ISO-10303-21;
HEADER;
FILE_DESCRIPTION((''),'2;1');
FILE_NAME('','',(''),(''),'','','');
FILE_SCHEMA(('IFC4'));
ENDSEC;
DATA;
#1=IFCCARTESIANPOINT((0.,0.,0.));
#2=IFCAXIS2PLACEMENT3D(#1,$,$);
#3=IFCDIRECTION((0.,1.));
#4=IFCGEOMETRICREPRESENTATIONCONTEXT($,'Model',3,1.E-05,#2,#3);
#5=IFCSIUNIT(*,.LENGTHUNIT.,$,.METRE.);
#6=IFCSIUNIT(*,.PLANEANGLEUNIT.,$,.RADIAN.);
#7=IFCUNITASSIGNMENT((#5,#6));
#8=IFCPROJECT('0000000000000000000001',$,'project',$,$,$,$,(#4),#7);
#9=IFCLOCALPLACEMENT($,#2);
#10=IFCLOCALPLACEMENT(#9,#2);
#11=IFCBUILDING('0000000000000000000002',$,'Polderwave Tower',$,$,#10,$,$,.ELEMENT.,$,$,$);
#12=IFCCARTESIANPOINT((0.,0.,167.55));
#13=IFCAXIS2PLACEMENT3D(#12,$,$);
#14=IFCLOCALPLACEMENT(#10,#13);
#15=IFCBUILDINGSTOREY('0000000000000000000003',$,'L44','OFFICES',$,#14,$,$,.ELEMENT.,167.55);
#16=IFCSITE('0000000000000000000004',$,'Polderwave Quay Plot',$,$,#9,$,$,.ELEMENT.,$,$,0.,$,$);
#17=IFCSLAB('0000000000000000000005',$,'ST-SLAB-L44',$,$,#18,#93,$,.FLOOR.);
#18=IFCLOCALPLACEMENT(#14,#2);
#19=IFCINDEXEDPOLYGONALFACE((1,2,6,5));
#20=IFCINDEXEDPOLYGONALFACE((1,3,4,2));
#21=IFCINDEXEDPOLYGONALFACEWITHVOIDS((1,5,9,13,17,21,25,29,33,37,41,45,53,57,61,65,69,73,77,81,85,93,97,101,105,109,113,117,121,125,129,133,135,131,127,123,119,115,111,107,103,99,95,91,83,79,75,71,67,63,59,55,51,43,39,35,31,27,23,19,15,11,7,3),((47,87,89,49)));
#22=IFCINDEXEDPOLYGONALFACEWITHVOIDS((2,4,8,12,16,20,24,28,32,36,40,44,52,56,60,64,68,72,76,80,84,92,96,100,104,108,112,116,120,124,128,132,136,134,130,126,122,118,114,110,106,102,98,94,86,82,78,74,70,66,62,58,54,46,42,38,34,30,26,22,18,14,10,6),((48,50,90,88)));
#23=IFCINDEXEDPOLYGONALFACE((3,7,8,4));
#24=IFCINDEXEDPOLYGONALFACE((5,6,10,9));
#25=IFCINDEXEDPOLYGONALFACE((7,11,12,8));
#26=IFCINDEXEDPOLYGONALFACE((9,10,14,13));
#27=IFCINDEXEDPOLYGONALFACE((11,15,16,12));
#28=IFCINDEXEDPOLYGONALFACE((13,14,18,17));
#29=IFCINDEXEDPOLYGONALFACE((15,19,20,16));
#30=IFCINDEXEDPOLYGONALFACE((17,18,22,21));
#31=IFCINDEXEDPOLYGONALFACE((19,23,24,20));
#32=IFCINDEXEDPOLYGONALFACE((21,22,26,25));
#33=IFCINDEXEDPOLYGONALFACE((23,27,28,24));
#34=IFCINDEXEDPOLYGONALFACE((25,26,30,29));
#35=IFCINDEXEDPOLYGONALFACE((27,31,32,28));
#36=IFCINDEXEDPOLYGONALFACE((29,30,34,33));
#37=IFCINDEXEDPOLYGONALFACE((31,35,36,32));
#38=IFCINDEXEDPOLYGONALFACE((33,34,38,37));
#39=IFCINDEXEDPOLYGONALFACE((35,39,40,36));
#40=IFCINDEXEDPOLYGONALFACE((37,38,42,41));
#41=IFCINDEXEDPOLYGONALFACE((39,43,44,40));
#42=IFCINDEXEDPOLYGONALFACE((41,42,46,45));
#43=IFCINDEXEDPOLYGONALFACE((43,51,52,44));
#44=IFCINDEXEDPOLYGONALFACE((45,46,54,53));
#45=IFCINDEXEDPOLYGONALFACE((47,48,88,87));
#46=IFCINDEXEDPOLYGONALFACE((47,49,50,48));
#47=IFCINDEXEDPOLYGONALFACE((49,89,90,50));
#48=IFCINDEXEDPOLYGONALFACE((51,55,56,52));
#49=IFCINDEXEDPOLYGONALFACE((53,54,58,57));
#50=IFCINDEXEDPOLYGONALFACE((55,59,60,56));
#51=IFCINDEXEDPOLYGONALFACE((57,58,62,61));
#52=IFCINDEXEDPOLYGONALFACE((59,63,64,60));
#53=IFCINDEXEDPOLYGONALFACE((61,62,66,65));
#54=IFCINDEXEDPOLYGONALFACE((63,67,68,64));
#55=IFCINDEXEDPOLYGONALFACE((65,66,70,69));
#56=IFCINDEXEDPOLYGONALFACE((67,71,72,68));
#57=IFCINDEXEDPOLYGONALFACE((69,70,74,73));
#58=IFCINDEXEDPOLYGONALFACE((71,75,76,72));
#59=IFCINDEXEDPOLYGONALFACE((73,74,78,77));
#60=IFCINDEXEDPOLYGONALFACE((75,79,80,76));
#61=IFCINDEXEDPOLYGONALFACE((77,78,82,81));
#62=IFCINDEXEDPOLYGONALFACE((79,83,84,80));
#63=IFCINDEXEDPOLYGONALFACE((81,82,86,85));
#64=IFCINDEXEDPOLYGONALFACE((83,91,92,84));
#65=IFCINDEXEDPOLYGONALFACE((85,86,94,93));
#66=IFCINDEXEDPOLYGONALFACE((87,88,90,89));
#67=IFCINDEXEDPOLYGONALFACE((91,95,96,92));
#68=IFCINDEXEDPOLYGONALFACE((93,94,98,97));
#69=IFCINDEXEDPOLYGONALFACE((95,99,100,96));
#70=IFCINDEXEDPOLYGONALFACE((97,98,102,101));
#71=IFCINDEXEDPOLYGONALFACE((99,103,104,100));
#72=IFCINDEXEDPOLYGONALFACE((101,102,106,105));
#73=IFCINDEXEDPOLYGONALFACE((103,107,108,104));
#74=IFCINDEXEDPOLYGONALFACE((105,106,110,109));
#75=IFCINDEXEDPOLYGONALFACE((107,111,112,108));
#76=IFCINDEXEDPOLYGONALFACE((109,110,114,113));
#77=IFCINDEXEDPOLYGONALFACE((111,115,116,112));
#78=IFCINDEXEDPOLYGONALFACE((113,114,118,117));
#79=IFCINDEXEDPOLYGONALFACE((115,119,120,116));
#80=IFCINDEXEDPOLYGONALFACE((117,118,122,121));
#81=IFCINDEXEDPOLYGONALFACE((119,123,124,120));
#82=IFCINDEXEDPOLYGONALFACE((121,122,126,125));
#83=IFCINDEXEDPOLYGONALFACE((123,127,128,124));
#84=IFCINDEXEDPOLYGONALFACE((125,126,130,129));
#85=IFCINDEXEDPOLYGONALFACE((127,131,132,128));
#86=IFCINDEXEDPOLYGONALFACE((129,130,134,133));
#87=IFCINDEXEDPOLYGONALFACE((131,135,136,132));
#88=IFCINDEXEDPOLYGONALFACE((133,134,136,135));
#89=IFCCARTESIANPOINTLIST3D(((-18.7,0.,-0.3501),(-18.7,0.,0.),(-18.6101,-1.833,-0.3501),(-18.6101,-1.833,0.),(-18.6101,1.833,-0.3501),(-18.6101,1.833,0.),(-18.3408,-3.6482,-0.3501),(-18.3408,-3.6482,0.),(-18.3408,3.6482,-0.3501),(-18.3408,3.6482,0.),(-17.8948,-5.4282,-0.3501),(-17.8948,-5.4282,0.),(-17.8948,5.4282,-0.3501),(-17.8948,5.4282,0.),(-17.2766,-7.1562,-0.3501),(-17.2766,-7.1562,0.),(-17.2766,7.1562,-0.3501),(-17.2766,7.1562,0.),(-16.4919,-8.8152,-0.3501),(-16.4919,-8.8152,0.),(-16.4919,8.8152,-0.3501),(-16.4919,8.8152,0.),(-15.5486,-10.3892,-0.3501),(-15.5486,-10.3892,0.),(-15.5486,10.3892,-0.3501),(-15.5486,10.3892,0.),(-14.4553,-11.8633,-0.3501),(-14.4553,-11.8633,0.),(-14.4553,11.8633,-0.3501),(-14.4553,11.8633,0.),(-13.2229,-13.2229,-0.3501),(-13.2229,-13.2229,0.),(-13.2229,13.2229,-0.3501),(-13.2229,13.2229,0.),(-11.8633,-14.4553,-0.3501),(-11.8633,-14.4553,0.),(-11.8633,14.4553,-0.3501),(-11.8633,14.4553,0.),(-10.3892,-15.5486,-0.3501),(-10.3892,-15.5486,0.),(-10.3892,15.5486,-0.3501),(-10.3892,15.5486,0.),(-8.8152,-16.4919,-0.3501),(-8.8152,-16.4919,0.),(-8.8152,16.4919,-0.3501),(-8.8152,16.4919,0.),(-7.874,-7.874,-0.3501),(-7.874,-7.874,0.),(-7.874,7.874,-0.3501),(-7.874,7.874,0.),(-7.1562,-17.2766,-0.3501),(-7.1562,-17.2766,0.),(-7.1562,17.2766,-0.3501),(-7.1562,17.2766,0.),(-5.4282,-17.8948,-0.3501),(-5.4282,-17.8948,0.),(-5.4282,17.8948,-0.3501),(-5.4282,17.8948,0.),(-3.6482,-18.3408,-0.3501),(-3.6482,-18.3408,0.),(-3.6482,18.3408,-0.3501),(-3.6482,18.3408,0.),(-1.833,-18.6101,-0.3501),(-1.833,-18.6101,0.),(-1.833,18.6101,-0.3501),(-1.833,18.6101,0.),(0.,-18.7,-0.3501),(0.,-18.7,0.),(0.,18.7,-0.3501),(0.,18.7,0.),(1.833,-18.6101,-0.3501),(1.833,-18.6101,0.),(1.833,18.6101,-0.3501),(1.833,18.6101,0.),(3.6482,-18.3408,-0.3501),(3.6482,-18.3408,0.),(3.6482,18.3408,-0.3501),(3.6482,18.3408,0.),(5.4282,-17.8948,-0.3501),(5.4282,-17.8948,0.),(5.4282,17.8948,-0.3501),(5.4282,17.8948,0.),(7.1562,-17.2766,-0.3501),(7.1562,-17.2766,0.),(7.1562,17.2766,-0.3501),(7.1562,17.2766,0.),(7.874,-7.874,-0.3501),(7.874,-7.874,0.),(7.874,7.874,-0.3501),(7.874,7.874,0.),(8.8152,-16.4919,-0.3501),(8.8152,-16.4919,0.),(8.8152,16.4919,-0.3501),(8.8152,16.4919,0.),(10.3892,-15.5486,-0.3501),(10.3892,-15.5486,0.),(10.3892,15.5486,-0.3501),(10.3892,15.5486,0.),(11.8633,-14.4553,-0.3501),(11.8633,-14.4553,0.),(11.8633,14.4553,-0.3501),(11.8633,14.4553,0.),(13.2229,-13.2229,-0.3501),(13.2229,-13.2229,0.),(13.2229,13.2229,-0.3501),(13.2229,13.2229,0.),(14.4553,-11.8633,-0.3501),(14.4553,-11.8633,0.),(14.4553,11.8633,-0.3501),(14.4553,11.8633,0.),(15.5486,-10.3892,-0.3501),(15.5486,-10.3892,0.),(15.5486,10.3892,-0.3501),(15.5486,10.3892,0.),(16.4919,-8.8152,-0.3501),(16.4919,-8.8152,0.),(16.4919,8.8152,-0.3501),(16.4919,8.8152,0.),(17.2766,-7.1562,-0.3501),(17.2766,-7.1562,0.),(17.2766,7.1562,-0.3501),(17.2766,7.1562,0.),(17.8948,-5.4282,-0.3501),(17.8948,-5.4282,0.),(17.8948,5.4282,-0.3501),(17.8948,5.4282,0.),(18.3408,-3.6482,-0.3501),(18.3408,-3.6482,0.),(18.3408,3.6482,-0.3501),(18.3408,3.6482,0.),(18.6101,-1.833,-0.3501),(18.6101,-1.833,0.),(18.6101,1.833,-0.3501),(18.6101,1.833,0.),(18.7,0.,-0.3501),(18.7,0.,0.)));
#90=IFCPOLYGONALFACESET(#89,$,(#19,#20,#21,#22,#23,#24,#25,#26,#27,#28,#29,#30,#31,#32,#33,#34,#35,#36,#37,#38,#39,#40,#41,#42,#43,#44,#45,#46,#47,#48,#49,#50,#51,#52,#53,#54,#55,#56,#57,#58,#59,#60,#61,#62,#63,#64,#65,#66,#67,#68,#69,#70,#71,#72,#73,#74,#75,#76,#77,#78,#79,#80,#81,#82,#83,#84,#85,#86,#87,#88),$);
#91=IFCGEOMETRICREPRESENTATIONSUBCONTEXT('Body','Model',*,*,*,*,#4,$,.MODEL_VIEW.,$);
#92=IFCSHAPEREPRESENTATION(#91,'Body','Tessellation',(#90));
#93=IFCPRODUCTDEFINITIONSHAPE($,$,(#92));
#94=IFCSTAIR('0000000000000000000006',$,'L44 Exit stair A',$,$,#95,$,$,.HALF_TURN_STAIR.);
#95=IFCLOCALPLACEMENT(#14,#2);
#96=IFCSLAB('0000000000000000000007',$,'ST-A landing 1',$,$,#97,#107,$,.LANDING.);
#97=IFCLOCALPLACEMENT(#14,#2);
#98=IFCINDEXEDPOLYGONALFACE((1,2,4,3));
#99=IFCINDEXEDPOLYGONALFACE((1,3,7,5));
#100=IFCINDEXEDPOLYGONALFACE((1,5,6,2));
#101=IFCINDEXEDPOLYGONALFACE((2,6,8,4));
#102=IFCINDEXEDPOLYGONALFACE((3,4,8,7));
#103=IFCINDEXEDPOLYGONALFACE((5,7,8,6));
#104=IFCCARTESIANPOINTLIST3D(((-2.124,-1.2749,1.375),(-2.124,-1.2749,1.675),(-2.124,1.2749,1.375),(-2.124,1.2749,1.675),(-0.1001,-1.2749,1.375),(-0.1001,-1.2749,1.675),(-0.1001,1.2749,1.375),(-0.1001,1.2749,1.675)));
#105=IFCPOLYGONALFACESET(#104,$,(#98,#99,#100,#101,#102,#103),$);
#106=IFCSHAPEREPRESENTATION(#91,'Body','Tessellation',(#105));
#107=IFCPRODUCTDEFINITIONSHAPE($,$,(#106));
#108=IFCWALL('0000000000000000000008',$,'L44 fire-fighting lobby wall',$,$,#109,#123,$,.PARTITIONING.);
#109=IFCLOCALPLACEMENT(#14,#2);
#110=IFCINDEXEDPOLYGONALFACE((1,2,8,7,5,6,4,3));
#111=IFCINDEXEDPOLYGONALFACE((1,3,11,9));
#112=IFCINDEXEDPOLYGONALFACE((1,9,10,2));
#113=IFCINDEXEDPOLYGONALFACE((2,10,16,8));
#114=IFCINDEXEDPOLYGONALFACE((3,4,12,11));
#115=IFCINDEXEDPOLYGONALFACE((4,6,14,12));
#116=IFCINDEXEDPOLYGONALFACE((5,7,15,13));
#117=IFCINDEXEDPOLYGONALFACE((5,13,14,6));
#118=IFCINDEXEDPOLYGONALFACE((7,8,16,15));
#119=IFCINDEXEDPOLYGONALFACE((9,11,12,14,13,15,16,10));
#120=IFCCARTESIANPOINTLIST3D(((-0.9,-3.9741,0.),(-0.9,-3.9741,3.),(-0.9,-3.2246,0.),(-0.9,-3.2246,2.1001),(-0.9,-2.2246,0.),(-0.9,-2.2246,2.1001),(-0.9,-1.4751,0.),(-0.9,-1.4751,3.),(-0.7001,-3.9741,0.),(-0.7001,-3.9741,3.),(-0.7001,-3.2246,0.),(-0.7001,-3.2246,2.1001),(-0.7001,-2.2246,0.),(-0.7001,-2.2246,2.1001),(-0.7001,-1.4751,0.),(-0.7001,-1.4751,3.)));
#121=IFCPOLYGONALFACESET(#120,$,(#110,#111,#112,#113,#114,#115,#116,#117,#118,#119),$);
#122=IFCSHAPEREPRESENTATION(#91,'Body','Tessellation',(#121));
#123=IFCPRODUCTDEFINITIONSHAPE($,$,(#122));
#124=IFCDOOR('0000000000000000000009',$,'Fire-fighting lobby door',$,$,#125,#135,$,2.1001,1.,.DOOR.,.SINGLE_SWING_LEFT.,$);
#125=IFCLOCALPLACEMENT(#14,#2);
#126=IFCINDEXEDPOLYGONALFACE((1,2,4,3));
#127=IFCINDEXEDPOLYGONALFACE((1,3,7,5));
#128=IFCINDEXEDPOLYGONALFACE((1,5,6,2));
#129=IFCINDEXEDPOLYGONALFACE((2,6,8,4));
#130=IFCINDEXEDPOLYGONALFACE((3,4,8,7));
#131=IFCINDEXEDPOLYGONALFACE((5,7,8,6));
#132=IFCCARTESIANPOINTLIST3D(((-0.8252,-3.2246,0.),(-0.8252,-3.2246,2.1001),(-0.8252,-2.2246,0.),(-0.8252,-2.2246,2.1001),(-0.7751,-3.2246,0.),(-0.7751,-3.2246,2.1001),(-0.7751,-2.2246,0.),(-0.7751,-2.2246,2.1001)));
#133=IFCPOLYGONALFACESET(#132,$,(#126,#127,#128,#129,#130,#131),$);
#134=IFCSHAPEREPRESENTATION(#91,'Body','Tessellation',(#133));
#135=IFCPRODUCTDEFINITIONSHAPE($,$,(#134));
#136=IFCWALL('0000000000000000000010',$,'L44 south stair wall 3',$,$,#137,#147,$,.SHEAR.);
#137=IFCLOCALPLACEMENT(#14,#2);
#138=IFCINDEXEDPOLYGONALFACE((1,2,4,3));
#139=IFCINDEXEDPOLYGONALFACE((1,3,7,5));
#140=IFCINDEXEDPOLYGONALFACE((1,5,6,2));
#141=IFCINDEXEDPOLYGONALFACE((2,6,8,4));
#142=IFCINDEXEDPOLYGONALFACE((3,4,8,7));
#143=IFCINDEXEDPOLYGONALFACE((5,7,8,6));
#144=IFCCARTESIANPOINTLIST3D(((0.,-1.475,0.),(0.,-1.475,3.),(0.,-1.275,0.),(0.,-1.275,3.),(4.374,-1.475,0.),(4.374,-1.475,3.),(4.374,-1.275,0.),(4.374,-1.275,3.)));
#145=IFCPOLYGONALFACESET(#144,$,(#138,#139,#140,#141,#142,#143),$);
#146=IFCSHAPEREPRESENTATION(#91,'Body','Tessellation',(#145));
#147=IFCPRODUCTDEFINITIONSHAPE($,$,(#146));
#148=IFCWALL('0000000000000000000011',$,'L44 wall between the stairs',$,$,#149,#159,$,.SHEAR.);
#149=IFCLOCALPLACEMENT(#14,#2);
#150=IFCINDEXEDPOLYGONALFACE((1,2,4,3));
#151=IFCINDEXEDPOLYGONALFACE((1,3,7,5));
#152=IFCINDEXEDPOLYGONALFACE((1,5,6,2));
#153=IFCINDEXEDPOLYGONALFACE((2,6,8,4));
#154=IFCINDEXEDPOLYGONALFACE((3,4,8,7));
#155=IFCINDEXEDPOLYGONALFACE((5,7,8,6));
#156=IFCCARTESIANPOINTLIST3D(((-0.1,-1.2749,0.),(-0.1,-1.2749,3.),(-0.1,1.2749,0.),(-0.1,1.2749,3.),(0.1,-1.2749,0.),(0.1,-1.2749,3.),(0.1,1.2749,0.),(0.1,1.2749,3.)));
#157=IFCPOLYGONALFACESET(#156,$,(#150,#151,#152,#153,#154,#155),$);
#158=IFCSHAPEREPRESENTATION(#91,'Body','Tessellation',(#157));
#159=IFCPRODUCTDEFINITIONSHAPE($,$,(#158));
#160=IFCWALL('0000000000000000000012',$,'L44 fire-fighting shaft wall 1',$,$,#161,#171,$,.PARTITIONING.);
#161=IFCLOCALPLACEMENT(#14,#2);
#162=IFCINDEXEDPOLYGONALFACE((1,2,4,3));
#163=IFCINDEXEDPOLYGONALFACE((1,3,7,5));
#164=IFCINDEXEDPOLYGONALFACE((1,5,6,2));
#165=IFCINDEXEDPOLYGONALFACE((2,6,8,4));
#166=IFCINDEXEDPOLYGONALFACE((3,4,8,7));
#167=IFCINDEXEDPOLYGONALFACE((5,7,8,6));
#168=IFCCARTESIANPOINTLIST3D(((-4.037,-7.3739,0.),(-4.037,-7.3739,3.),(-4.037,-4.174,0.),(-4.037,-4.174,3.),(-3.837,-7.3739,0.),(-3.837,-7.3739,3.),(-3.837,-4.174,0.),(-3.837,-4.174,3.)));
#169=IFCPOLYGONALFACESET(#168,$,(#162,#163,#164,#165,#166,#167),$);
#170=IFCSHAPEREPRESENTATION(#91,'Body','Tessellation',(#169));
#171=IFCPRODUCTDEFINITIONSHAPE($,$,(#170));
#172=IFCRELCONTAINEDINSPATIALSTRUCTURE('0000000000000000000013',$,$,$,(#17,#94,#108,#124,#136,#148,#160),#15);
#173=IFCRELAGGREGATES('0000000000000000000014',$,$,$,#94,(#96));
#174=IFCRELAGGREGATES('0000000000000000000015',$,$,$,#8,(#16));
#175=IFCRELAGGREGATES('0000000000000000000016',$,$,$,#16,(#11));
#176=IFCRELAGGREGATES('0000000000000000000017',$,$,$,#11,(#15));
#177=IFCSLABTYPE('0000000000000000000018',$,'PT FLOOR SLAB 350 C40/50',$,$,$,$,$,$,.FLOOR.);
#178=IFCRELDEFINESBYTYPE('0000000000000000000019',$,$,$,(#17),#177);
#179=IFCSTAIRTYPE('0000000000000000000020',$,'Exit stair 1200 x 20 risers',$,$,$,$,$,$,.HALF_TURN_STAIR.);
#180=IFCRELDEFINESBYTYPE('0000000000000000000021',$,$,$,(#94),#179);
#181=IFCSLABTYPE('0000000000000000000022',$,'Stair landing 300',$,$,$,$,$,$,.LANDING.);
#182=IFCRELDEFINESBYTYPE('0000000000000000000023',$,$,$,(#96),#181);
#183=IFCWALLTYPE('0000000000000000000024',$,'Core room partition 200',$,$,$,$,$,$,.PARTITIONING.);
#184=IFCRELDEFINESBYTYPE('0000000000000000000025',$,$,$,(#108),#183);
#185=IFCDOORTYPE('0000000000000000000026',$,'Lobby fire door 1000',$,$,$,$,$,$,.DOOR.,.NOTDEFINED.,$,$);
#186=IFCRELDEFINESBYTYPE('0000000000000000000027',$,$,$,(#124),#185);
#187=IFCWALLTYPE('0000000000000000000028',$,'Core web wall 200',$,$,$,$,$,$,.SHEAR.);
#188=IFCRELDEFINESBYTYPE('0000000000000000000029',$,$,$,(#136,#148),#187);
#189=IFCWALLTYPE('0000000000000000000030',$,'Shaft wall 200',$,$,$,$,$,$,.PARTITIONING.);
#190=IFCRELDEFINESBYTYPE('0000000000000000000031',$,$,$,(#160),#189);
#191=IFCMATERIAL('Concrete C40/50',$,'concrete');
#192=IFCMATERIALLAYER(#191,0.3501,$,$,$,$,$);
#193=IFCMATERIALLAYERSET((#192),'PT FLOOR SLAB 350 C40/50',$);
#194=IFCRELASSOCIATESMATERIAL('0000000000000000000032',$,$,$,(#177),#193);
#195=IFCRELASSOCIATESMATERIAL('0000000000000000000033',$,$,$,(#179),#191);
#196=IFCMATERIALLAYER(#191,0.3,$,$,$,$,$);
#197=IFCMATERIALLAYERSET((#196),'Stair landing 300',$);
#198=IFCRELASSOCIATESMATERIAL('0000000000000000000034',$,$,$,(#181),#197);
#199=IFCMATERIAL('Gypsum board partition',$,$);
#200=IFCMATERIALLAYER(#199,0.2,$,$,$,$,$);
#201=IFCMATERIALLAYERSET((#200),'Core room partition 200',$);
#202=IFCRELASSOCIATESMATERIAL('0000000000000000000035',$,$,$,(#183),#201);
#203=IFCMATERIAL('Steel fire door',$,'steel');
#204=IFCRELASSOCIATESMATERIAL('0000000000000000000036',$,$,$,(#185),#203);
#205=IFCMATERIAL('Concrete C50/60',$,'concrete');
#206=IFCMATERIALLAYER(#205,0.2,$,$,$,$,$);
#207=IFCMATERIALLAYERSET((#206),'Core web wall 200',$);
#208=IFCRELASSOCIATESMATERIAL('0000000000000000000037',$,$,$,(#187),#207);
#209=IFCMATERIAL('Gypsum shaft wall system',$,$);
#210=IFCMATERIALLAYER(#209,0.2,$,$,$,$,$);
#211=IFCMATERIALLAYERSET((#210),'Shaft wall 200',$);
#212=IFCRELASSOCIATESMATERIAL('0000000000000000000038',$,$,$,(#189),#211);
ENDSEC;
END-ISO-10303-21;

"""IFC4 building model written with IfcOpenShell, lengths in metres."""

from ifc_helpers import new_model, si_unit, direction, frame, frame_2d, origin, place, context, subcontext, project, spatial, polyline, rectangle, outline, extrude, material, layer, layer_set, type_object, element, fill, aggregate, save


model = new_model("IFC4")

# Units and contexts
model_context = context("Model", 3, precision=1e-05, world=origin(), true_north=direction((0.0, 1.0)))
body_context = subcontext(model_context, "Body", "Model", "MODEL_VIEW")
ifc_project = project(units=[si_unit("LENGTHUNIT", "METRE"), si_unit("PLANEANGLEUNIT", "RADIAN")], contexts=[model_context])

# Site, building, storey
site_placement = place(None, origin())
site = spatial("IfcSite", under=ifc_project, at=site_placement, Name="Polderwave Quay Plot", CompositionType="ELEMENT", RefElevation=0.0)
building_placement = place(site_placement, origin())
building = spatial("IfcBuilding", under=site, at=building_placement, Name="Polderwave Tower", CompositionType="ELEMENT")
storey_placement = place(building_placement, frame((0.0, 0.0, 167.55)))
storey = spatial("IfcBuildingStorey", under=building, at=storey_placement, Name="L44", Description="OFFICES", CompositionType="ELEMENT", Elevation=167.55)

# Slab
ifc_material_1 = material(Name="Concrete C40/50", Category="concrete")
ifc_layer_1 = layer(ifc_material_1, 0.3501)
ifc_layer_set_1 = layer_set([ifc_layer_1], Name="PT FLOOR SLAB 350 C40/50")
slab_type_1 = type_object("IfcSlabType", Name="PT FLOOR SLAB 350 C40/50", PredefinedType="FLOOR", material=ifc_layer_set_1)
slab_1_placement = place(storey_placement, frame((0.0, 0.0, -0.3501)))
element("IfcSlab", 1, at=slab_1_placement, inside=storey, type_object=slab_type_1, Name="ST-SLAB-L44", PredefinedType="FLOOR", context=body_context, shape_type="SweptSolid", body=[
    extrude(outline(polyline([(18.7, 0.0), (18.6101, 1.833), (18.3408, 3.6482), (17.8948, 5.4282), (17.2766, 7.1562), (16.4919, 8.8152), (15.5486, 10.3892), (14.4553, 11.8633), (13.2229, 13.2229), (11.8633, 14.4553), (10.3892, 15.5486), (8.8152, 16.4919), (7.1562, 17.2766), (5.4282, 17.8948), (3.6482, 18.3408), (1.833, 18.6101), (0.0, 18.7), (-1.833, 18.6101), (-3.6482, 18.3408), (-5.4282, 17.8948), (-7.1562, 17.2766), (-8.8152, 16.4919), (-10.3892, 15.5486), (-11.8633, 14.4553), (-13.2229, 13.2229), (-14.4553, 11.8633), (-15.5486, 10.3892), (-16.4919, 8.8152), (-17.2766, 7.1562), (-17.8948, 5.4282), (-18.3408, 3.6482), (-18.6101, 1.833), (-18.7, 0.0), (-18.6101, -1.833), (-18.3408, -3.6482), (-17.8948, -5.4282), (-17.2766, -7.1562), (-16.4919, -8.8152), (-15.5486, -10.3892), (-14.4553, -11.8633), (-13.2229, -13.2229), (-11.8633, -14.4553), (-10.3892, -15.5486), (-8.8152, -16.4919), (-7.1562, -17.2766), (-5.4282, -17.8948), (-3.6482, -18.3408), (-1.833, -18.6101), (0.0, -18.7), (1.833, -18.6101), (3.6482, -18.3408), (5.4282, -17.8948), (7.1562, -17.2766), (8.8152, -16.4919), (10.3892, -15.5486), (11.8633, -14.4553), (13.2229, -13.2229), (14.4553, -11.8633), (15.5486, -10.3892), (16.4919, -8.8152), (17.2766, -7.1562), (17.8948, -5.4282), (18.3408, -3.6482), (18.6101, -1.833), (18.7, 0.0)]), holes=[polyline([(-7.874, -7.874), (7.874, -7.874), (7.874, 7.874), (-7.874, 7.874), (-7.874, -7.874)])]), origin(), (0.0, 0.0, 1.0), 0.3501),
])

# Stair, slab
stair_type = type_object("IfcStairType", Name="Exit stair 1200 x 20 risers", PredefinedType="HALF_TURN_STAIR", material=ifc_material_1)
stair_placement = place(storey_placement, origin())
stair = element("IfcStair", 2, at=stair_placement, inside=storey, type_object=stair_type, Name="L44 Exit stair A", PredefinedType="HALF_TURN_STAIR")
ifc_layer_2 = layer(ifc_material_1, 0.3)
ifc_layer_set_2 = layer_set([ifc_layer_2], Name="Stair landing 300")
slab_type_2 = type_object("IfcSlabType", Name="Stair landing 300", PredefinedType="LANDING", material=ifc_layer_set_2)
slab_2_placement = place(storey_placement, frame((0.0, 0.0, 1.375)))
slab_2 = element("IfcSlab", 3, at=slab_2_placement, type_object=slab_type_2, Name="ST-A landing 1", PredefinedType="LANDING", context=body_context, shape_type="SweptSolid", body=[
    extrude(outline(polyline([(-2.124, -1.2749), (-0.1001, -1.2749), (-0.1001, 1.2749), (-2.124, 1.2749), (-2.124, -1.2749)])), origin(), (0.0, 0.0, 1.0), 0.3),
])
aggregate(stair, [slab_2])

# Wall, opening, door
ifc_material_2 = material(Name="Gypsum board partition")
ifc_layer_3 = layer(ifc_material_2, 0.2)
ifc_layer_set_3 = layer_set([ifc_layer_3], Name="Core room partition 200")
wall_type_1 = type_object("IfcWallType", Name="Core room partition 200", PredefinedType="PARTITIONING", material=ifc_layer_set_3)
wall_1_placement = place(storey_placement, frame((-0.8, -3.9741, 0.0), z_axis=(0.0, 0.0, 1.0), x_axis=(0.0, 1.0, 0.0)))
wall_1 = element("IfcWall", 4, at=wall_1_placement, inside=storey, type_object=wall_type_1, Name="L44 fire-fighting lobby wall", PredefinedType="PARTITIONING", context=body_context, shape_type="SweptSolid", body=[
    extrude(rectangle(XDim=2.499, YDim=0.2, at=frame_2d((1.2495, 0.0))), origin(), (0.0, 0.0, 1.0), 3.0),
])
opening_placement = place(wall_1_placement, frame((0.7495, 0.0, 0.0)))
opening = element("IfcOpeningElement", 5, at=opening_placement, cuts=wall_1, PredefinedType="OPENING", context=body_context, shape_type="SweptSolid", body=[
    extrude(rectangle(XDim=1.0, YDim=2.1001, at=frame_2d((0.5, 1.05))), frame((0.0, 0.1099, 0.0), z_axis=(0.0, -1.0, 0.0), x_axis=(1.0, 0.0, 0.0)), (0.0, 0.0, 1.0), 0.22),
])
ifc_material_3 = material(Name="Steel fire door", Category="steel")
door_type = type_object("IfcDoorType", Name="Lobby fire door 1000", OperationType="NOTDEFINED", PredefinedType="DOOR", material=ifc_material_3)
door_placement = place(opening_placement, frame((1.0, 0.0, 0.0), z_axis=(0.0, 0.0, 1.0), x_axis=(-1.0, 0.0, 0.0)))
door = element("IfcDoor", 6, at=door_placement, inside=storey, type_object=door_type, Name="Fire-fighting lobby door", OperationType="SINGLE_SWING_LEFT", OverallHeight=2.1001, OverallWidth=1.0, PredefinedType="DOOR", context=body_context, shape_type="SweptSolid", body=[
    extrude(rectangle(XDim=1.0, YDim=2.1001, at=frame_2d((0.5, 1.05))), frame((0.0, 0.0249, 0.0), z_axis=(0.0, -1.0, 0.0), x_axis=(1.0, 0.0, 0.0)), (0.0, 0.0, 1.0), 0.05),
])
fill(opening, door)

# Walls
ifc_material_4 = material(Name="Concrete C50/60", Category="concrete")
ifc_layer_4 = layer(ifc_material_4, 0.2)
ifc_layer_set_4 = layer_set([ifc_layer_4], Name="Core web wall 200")
wall_type_2 = type_object("IfcWallType", Name="Core web wall 200", PredefinedType="SHEAR", material=ifc_layer_set_4)
wall_2_placement = place(storey_placement, frame((0.0, -1.375, 0.0), z_axis=(0.0, 0.0, 1.0), x_axis=(1.0, 0.0, 0.0)))
element("IfcWall", 7, at=wall_2_placement, inside=storey, type_object=wall_type_2, Name="L44 south stair wall 3", PredefinedType="SHEAR", context=body_context, shape_type="SweptSolid", body=[
    extrude(rectangle(XDim=4.374, YDim=0.2, at=frame_2d((2.187, 0.0))), origin(), (0.0, 0.0, 1.0), 3.0),
])
wall_3_placement = place(storey_placement, frame((0.0, -1.2749, 0.0), z_axis=(0.0, 0.0, 1.0), x_axis=(0.0, 1.0, 0.0)))
element("IfcWall", 8, at=wall_3_placement, inside=storey, type_object=wall_type_2, Name="L44 wall between the stairs", PredefinedType="SHEAR", context=body_context, shape_type="SweptSolid", body=[
    extrude(rectangle(XDim=2.5498, YDim=0.2, at=frame_2d((1.2749, 0.0))), origin(), (0.0, 0.0, 1.0), 3.0),
])
ifc_material_5 = material(Name="Gypsum shaft wall system")
ifc_layer_5 = layer(ifc_material_5, 0.2)
ifc_layer_set_5 = layer_set([ifc_layer_5], Name="Shaft wall 200")
wall_type_3 = type_object("IfcWallType", Name="Shaft wall 200", PredefinedType="PARTITIONING", material=ifc_layer_set_5)
for number, where, z_axis, x_axis, name in (
    (9, (-3.937, -7.374, 0.0), (0.0, 0.0, 1.0), (0.0, 1.0, 0.0), "L44 fire-fighting shaft wall 1"),
):
    element("IfcWall", number, at=place(storey_placement, frame(where, z_axis=z_axis, x_axis=x_axis)), inside=storey, type_object=wall_type_3, Name=name, PredefinedType="PARTITIONING", context=body_context, shape_type="SweptSolid", body=[
        extrude(rectangle(XDim=3.2, YDim=0.2, at=frame_2d((1.6001, 0.0))), origin(), (0.0, 0.0, 1.0), 3.0),
    ])

save(model, "model.ifc")
